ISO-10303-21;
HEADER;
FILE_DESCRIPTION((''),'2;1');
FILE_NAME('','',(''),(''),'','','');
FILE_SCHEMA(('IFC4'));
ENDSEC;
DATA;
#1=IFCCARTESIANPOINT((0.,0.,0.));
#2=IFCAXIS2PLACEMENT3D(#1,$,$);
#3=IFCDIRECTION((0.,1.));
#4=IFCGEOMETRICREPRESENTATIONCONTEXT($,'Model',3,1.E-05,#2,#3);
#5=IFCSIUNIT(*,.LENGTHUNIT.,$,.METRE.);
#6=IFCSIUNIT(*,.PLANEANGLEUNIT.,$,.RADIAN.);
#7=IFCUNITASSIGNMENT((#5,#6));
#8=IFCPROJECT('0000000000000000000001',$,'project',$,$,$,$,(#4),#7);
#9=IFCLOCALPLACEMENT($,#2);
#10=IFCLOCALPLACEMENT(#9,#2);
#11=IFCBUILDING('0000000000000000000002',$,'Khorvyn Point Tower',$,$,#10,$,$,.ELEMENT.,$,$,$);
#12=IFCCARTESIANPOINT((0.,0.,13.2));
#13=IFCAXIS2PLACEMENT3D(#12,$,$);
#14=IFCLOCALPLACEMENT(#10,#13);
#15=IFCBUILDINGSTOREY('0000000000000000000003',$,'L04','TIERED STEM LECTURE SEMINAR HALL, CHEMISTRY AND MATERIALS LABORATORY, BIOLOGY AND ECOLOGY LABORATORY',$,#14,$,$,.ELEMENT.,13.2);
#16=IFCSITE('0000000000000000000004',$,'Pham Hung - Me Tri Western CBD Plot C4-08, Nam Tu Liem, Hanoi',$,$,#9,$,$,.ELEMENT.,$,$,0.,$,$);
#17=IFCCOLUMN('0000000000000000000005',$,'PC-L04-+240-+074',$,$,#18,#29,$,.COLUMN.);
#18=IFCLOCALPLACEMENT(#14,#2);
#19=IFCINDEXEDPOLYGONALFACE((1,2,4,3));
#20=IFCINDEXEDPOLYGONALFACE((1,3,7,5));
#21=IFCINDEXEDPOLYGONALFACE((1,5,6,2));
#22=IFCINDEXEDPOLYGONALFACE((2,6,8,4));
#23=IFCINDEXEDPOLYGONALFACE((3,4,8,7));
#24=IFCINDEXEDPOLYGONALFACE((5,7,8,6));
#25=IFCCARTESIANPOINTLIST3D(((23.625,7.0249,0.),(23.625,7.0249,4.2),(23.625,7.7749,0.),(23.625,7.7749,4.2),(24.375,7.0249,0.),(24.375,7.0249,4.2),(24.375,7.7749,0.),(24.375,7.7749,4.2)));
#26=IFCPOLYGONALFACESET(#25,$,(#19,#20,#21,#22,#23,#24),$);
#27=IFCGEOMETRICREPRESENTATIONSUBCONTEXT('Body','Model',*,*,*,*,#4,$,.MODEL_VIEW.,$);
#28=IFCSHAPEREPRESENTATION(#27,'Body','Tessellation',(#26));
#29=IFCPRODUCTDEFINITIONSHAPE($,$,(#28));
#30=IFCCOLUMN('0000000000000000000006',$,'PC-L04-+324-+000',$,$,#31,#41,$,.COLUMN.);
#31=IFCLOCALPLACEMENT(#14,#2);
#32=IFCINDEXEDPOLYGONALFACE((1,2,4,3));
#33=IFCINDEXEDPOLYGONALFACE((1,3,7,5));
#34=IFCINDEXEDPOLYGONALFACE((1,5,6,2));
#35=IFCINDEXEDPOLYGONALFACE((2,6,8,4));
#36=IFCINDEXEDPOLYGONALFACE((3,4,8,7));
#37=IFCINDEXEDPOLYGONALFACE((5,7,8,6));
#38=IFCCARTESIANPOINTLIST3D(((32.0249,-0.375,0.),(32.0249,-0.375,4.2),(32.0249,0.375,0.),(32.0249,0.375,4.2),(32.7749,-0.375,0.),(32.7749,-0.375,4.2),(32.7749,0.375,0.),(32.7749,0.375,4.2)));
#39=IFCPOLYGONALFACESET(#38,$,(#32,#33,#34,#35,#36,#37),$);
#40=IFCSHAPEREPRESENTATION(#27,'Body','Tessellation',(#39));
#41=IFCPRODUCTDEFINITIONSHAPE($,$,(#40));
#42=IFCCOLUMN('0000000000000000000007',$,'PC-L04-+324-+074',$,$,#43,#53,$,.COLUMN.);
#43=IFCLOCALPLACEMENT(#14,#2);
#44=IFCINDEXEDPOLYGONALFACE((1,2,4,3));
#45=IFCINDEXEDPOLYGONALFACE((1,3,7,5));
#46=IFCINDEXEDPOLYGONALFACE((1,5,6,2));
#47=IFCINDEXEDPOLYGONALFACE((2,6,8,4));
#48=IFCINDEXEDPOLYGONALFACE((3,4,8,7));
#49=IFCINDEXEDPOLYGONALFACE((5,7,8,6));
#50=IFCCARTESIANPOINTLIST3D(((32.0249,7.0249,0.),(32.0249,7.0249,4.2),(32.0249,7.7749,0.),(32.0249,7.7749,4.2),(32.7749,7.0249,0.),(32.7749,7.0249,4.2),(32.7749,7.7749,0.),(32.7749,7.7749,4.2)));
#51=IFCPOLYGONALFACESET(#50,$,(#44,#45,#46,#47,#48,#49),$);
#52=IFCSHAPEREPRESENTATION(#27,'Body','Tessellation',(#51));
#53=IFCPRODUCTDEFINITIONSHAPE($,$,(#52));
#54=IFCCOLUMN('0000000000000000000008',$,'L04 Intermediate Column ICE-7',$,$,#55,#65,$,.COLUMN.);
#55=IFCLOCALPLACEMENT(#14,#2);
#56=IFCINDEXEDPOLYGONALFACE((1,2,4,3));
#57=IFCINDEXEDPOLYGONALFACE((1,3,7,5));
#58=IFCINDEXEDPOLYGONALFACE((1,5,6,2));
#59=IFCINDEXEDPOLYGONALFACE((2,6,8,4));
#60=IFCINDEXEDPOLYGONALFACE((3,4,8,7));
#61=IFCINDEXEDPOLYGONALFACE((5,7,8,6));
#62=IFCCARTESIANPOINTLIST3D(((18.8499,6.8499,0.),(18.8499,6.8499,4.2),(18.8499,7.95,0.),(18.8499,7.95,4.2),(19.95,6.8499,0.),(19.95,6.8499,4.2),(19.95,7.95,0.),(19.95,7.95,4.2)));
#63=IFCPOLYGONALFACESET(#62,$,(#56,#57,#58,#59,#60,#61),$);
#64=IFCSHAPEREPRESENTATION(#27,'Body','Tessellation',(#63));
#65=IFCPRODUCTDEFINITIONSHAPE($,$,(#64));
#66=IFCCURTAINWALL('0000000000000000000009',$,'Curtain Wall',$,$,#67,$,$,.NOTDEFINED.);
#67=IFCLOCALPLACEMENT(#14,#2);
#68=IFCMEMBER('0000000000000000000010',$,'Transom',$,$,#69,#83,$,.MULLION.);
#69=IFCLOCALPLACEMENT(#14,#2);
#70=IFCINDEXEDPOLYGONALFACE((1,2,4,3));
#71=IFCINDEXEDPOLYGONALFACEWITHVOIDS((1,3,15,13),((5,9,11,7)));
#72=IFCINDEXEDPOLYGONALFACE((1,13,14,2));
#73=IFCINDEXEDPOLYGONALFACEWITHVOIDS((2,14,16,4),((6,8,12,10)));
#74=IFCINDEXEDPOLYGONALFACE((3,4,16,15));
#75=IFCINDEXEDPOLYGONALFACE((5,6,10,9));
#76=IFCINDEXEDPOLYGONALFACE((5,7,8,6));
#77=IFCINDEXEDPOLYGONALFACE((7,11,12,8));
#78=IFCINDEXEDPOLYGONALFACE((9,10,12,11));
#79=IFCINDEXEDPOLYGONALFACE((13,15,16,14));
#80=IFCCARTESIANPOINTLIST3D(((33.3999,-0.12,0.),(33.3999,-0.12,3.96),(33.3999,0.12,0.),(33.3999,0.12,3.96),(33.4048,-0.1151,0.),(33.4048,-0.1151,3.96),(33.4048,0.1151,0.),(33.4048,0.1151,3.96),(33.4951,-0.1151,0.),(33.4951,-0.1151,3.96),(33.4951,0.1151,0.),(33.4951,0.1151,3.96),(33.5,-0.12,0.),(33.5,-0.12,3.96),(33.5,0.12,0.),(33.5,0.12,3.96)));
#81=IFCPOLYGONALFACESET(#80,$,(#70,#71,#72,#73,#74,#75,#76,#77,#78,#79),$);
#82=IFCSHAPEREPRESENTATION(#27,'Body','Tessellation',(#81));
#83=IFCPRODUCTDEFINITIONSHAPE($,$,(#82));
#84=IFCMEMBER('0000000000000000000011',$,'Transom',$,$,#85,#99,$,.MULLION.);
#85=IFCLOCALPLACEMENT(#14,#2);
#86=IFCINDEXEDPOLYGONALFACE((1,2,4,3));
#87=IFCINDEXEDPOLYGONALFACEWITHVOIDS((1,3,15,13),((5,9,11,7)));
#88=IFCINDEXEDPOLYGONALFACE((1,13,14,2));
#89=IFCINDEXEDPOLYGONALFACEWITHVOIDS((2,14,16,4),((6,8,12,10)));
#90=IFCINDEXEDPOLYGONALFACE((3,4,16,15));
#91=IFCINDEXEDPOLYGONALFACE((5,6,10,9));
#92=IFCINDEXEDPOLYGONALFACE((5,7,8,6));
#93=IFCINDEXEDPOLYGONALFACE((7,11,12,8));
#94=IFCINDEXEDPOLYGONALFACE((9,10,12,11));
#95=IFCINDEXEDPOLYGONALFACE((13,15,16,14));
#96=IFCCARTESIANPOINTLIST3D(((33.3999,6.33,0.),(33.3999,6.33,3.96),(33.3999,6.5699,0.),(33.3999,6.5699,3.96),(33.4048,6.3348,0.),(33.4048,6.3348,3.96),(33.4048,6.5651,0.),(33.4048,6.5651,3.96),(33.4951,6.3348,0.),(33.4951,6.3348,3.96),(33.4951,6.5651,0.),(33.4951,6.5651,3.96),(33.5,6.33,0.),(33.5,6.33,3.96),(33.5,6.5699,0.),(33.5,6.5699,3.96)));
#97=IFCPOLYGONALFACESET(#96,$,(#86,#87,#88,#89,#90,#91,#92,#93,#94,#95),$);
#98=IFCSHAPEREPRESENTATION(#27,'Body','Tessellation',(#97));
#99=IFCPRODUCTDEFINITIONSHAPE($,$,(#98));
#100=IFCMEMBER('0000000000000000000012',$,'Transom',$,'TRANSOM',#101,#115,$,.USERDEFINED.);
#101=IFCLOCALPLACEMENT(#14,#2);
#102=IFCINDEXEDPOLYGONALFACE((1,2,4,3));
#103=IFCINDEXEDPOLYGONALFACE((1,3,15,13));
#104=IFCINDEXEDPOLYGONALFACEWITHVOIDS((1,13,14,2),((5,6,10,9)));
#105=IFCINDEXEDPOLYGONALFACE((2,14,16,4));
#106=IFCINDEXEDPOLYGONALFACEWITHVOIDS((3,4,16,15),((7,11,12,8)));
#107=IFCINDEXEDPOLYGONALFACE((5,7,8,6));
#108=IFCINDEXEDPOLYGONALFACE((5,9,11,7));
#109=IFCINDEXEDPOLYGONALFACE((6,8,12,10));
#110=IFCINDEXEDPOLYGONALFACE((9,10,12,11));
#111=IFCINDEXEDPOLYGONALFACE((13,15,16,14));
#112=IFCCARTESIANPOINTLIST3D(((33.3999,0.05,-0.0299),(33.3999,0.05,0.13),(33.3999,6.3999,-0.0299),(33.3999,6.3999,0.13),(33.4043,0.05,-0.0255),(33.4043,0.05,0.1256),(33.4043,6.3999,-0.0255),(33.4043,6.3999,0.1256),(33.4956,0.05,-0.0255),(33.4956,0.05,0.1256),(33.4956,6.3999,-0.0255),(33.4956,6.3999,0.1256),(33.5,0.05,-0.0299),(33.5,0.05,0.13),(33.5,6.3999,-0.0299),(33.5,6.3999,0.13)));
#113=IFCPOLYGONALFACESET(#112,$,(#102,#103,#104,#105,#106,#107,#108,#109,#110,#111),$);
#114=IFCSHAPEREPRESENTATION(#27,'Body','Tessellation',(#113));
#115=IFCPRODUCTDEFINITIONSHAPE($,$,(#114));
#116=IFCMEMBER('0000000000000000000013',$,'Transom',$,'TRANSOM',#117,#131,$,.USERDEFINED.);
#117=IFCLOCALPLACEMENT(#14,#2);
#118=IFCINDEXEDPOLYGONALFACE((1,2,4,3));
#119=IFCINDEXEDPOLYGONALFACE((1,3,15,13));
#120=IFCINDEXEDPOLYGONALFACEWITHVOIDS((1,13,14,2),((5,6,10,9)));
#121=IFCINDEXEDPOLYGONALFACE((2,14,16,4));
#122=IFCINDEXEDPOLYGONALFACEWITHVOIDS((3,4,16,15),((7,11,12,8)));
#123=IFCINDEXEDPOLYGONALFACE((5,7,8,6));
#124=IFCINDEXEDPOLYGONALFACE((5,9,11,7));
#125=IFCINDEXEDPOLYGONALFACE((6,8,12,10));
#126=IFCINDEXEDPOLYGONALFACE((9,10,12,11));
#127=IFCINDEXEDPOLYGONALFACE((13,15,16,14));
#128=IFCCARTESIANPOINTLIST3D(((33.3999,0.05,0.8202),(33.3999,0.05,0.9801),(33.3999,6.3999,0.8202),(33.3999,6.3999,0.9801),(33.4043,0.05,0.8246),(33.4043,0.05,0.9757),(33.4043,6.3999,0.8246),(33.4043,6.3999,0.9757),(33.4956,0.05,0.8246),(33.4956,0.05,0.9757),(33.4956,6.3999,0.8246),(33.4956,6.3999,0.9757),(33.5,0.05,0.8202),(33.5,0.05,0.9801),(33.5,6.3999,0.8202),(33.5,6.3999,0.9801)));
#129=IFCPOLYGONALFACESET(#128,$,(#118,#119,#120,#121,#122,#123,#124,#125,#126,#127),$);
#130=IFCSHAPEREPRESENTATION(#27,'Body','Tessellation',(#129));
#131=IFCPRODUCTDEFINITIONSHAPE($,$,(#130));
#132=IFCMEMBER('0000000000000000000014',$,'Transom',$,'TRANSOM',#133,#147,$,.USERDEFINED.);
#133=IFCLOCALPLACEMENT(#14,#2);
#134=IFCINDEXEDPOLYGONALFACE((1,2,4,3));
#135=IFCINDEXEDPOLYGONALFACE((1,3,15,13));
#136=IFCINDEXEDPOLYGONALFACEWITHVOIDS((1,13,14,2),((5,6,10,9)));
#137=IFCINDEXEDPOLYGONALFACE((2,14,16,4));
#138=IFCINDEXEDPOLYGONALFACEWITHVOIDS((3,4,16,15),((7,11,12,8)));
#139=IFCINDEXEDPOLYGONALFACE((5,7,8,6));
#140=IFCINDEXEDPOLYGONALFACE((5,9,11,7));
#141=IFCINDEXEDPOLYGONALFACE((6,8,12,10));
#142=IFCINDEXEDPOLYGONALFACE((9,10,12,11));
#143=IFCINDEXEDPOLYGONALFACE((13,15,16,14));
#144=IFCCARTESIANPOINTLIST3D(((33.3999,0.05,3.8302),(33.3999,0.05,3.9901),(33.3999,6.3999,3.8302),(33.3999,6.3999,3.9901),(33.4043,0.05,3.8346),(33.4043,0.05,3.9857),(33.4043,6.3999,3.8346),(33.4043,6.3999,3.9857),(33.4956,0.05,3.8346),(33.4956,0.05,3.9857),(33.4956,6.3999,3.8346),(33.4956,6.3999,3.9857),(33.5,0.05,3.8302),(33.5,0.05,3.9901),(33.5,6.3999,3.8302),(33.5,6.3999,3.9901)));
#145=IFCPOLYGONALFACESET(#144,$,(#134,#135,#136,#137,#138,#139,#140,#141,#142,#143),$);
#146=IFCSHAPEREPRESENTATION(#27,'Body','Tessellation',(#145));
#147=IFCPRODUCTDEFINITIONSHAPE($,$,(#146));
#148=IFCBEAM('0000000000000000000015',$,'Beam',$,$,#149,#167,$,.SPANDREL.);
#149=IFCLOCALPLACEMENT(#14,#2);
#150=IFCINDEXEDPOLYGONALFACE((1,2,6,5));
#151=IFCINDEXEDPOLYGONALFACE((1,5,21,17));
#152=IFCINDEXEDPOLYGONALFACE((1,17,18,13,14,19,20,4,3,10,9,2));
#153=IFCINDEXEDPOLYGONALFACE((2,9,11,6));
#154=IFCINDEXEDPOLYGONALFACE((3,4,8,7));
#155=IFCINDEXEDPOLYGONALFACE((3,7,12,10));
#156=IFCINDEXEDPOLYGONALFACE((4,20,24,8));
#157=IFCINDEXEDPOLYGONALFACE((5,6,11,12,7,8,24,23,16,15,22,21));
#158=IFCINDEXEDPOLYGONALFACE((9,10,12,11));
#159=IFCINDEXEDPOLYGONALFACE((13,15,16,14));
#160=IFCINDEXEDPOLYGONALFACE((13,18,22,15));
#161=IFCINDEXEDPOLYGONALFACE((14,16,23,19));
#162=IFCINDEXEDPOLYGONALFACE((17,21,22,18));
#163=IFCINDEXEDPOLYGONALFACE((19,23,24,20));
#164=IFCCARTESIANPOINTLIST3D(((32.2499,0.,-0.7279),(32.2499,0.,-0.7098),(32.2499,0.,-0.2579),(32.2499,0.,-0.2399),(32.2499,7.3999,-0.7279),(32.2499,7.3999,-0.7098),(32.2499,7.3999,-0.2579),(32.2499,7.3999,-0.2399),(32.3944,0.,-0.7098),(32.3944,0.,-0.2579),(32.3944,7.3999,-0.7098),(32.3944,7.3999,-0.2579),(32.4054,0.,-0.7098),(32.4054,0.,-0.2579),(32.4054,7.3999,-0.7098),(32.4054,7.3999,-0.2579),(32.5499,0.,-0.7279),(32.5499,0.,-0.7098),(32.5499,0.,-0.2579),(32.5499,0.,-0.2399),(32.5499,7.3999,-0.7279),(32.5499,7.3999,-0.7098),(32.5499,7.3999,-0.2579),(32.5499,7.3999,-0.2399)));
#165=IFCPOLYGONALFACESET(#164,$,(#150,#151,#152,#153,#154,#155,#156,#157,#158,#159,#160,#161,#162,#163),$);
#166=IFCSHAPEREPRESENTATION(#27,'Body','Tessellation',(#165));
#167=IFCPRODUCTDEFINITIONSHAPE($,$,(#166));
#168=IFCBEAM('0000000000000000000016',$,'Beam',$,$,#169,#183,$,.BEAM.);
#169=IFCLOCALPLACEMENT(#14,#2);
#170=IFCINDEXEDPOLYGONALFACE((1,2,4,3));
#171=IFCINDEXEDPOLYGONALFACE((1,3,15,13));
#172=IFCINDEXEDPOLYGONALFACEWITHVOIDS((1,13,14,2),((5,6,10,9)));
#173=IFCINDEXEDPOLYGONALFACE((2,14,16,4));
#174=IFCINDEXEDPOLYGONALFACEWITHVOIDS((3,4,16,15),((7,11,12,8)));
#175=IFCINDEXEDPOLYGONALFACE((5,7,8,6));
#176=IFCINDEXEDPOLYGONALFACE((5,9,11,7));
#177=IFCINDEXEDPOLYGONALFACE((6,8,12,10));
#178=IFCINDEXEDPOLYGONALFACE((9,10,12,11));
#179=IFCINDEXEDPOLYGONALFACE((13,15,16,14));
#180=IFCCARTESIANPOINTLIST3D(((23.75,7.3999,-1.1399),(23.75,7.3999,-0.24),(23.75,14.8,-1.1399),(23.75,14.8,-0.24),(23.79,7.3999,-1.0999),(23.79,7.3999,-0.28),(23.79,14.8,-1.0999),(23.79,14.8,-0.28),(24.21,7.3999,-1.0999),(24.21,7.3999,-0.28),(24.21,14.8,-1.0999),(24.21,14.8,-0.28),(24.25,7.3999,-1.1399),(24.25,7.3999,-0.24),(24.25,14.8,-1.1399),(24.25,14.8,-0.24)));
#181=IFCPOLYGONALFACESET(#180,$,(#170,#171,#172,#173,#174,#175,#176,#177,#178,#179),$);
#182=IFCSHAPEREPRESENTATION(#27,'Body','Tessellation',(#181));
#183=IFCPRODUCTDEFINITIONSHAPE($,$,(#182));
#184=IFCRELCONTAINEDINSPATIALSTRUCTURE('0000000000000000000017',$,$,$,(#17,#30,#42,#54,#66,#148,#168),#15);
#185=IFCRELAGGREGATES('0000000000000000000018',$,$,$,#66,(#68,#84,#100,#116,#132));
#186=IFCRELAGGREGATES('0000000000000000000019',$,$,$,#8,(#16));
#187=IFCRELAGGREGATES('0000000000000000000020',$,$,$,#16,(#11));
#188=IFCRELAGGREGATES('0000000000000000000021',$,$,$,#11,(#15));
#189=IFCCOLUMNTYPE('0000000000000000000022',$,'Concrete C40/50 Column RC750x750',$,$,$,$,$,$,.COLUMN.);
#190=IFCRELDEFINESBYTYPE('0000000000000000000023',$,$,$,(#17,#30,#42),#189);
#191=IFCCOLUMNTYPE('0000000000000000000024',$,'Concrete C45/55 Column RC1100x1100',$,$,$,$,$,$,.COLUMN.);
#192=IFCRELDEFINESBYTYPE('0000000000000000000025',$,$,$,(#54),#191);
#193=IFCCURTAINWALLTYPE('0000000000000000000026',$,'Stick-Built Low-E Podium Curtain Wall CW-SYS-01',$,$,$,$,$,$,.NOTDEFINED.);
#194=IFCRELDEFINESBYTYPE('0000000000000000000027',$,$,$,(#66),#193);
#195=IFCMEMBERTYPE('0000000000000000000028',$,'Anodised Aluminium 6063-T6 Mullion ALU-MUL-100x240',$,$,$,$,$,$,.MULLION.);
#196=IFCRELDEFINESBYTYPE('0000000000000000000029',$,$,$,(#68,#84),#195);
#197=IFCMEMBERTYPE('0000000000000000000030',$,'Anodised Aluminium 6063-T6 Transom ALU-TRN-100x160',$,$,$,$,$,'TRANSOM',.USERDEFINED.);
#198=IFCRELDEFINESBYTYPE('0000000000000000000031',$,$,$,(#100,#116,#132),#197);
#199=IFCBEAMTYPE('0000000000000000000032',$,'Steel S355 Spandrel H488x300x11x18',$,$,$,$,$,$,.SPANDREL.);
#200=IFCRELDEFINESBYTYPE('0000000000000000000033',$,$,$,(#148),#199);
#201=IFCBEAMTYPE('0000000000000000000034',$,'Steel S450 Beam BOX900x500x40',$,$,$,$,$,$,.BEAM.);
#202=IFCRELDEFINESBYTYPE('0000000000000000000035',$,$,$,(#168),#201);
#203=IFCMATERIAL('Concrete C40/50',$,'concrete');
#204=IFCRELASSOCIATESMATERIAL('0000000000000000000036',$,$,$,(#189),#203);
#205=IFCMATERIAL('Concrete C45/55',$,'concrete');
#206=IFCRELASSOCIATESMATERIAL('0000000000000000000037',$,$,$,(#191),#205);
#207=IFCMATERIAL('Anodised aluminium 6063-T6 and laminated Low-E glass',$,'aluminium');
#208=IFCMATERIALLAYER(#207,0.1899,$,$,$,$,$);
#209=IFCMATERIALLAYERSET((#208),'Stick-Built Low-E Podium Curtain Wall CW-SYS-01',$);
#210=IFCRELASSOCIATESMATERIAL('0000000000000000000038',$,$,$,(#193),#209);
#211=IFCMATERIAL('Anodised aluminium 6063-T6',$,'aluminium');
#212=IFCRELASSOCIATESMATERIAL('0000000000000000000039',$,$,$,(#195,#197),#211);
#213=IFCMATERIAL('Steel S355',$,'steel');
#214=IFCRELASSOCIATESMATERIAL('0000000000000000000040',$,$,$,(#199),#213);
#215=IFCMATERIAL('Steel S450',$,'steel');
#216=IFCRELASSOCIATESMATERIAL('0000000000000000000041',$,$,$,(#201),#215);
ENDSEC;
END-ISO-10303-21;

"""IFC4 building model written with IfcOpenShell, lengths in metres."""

from ifc_helpers import new_model, si_unit, direction, frame, origin, origin_2d, place, context, subcontext, project, spatial, rectangle, hollow_rectangle, i_section, extrude, material, layer, layer_set, material_profile, profile_set, type_object, element, aggregate, save


model = new_model("IFC4")

# Units and contexts
model_context = context("Model", 3, precision=1e-05, world=origin(), true_north=direction((0.0, 1.0)))
body_context = subcontext(model_context, "Body", "Model", "MODEL_VIEW")
ifc_project = project(units=[si_unit("LENGTHUNIT", "METRE"), si_unit("PLANEANGLEUNIT", "RADIAN")], contexts=[model_context])

# Site, building, storey
site_placement = place(None, origin())
site = spatial("IfcSite", under=ifc_project, at=site_placement, Name="Pham Hung - Me Tri Western CBD Plot C4-08, Nam Tu Liem, Hanoi", CompositionType="ELEMENT", RefElevation=0.0)
building_placement = place(site_placement, origin())
building = spatial("IfcBuilding", under=site, at=building_placement, Name="Khorvyn Point Tower", CompositionType="ELEMENT")
storey_placement = place(building_placement, frame((0.0, 0.0, 13.2)))
storey = spatial("IfcBuildingStorey", under=building, at=storey_placement, Name="L04", Description="TIERED STEM LECTURE SEMINAR HALL, CHEMISTRY AND MATERIALS LABORATORY, BIOLOGY AND ECOLOGY LABORATORY", CompositionType="ELEMENT", Elevation=13.2)

# Columns
ifc_material_1 = material(Name="Concrete C40/50", Category="concrete")
ifc_material_profile_1 = material_profile(ifc_material_1, rectangle(XDim=0.75, YDim=0.75, at=origin_2d()))
ifc_profile_set_1 = profile_set([ifc_material_profile_1], Name="Concrete C40/50 RC750x750")
column_type_1 = type_object("IfcColumnType", Name="Concrete C40/50 Column RC750x750", PredefinedType="COLUMN", material=ifc_profile_set_1)
for number, where, z_axis, x_axis, name in (
    (1, (24.0, 7.3999, 0.0), (0.0, 0.0, 1.0), (1.0, 0.0, 0.0), "PC-L04-+240-+074"),
    (2, (32.3999, 0.0, 0.0), (0.0, 0.0, 1.0), (1.0, 0.0, 0.0), "PC-L04-+324-+000"),
    (3, (32.3999, 7.3999, 0.0), (0.0, 0.0, 1.0), (1.0, 0.0, 0.0), "PC-L04-+324-+074"),
):
    element("IfcColumn", number, at=place(storey_placement, frame(where, z_axis=z_axis, x_axis=x_axis)), inside=storey, type_object=column_type_1, Name=name, PredefinedType="COLUMN", context=body_context, shape_type="SweptSolid", body=[
        extrude(rectangle(XDim=0.75, YDim=0.75, at=origin_2d()), origin(), (0.0, 0.0, 1.0), 4.2),
    ])
ifc_material_2 = material(Name="Concrete C45/55", Category="concrete")
ifc_material_profile_2 = material_profile(ifc_material_2, rectangle(XDim=1.1001, YDim=1.1001, at=origin_2d()))
ifc_profile_set_2 = profile_set([ifc_material_profile_2], Name="Concrete C45/55 RC1100x1100")
column_type_2 = type_object("IfcColumnType", Name="Concrete C45/55 Column RC1100x1100", PredefinedType="COLUMN", material=ifc_profile_set_2)
column_placement = place(storey_placement, frame((19.3999, 7.3999, 0.0), z_axis=(0.0, 0.0, 1.0), x_axis=(1.0, 0.0, 0.0)))
element("IfcColumn", 4, at=column_placement, inside=storey, type_object=column_type_2, Name="L04 Intermediate Column ICE-7", PredefinedType="COLUMN", context=body_context, shape_type="SweptSolid", body=[
    extrude(rectangle(XDim=1.1001, YDim=1.1001, at=origin_2d()), origin(), (0.0, 0.0, 1.0), 4.2),
])

# Curtain wall, members
ifc_material_3 = material(Name="Anodised aluminium 6063-T6 and laminated Low-E glass", Category="aluminium")
ifc_layer_1 = layer(ifc_material_3, 0.1899)
ifc_layer_set_1 = layer_set([ifc_layer_1], Name="Stick-Built Low-E Podium Curtain Wall CW-SYS-01")
curtain_wall_type = type_object("IfcCurtainWallType", Name="Stick-Built Low-E Podium Curtain Wall CW-SYS-01", PredefinedType="NOTDEFINED", material=ifc_layer_set_1)
curtain_wall_placement = place(storey_placement, origin())
curtain_wall = element("IfcCurtainWall", 5, at=curtain_wall_placement, inside=storey, type_object=curtain_wall_type, Name="Curtain Wall", PredefinedType="NOTDEFINED")
ifc_material_4 = material(Name="Anodised aluminium 6063-T6", Category="aluminium")
ifc_material_profile_3 = material_profile(ifc_material_4, hollow_rectangle(XDim=0.1001, YDim=0.24, WallThickness=0.0049, at=origin_2d()))
ifc_profile_set_3 = profile_set([ifc_material_profile_3], Name="Anodised aluminium 6063-T6 ALU-MUL-100x240")
member_type_1 = type_object("IfcMemberType", Name="Anodised Aluminium 6063-T6 Mullion ALU-MUL-100x240", PredefinedType="MULLION", material=ifc_profile_set_3)
member_1_placement = place(storey_placement, frame((33.45, 0.0, 0.0), z_axis=(0.0, 0.0, 1.0), x_axis=(-1.0, 0.0, 0.0)))
member_1 = element("IfcMember", 6, at=member_1_placement, type_object=member_type_1, Name="Transom", PredefinedType="MULLION", context=body_context, shape_type="SweptSolid", body=[
    extrude(hollow_rectangle(XDim=0.1001, YDim=0.24, WallThickness=0.0049, at=origin_2d()), origin(), (0.0, 0.0, 1.0), 3.96),
])
member_2_placement = place(storey_placement, frame((33.45, 6.45, 0.0), z_axis=(0.0, 0.0, 1.0), x_axis=(-1.0, 0.0, 0.0)))
member_2 = element("IfcMember", 7, at=member_2_placement, type_object=member_type_1, Name="Transom", PredefinedType="MULLION", context=body_context, shape_type="SweptSolid", body=[
    extrude(hollow_rectangle(XDim=0.1001, YDim=0.24, WallThickness=0.0049, at=origin_2d()), origin(), (0.0, 0.0, 1.0), 3.96),
])
ifc_material_profile_4 = material_profile(ifc_material_4, hollow_rectangle(XDim=0.1001, YDim=0.1599, WallThickness=0.0044, at=origin_2d()))
ifc_profile_set_4 = profile_set([ifc_material_profile_4], Name="Anodised aluminium 6063-T6 ALU-TRN-100x160")
member_type_2 = type_object("IfcMemberType", Name="Anodised Aluminium 6063-T6 Transom ALU-TRN-100x160", ElementType="TRANSOM", PredefinedType="USERDEFINED", material=ifc_profile_set_4)
member_3_placement = place(storey_placement, frame((33.45, 0.05, 0.05), z_axis=(0.0, 1.0, 0.0), x_axis=(-1.0, 0.0, 0.0)))
member_3 = element("IfcMember", 8, at=member_3_placement, type_object=member_type_2, Name="Transom", ObjectType="TRANSOM", PredefinedType="USERDEFINED", context=body_context, shape_type="SweptSolid", body=[
    extrude(hollow_rectangle(XDim=0.1001, YDim=0.1599, WallThickness=0.0044, at=origin_2d()), origin(), (0.0, 0.0, 1.0), 6.3499),
])
member_4_placement = place(storey_placement, frame((33.45, 0.05, 0.9001), z_axis=(0.0, 1.0, 0.0), x_axis=(-1.0, 0.0, 0.0)))
member_4 = element("IfcMember", 9, at=member_4_placement, type_object=member_type_2, Name="Transom", ObjectType="TRANSOM", PredefinedType="USERDEFINED", context=body_context, shape_type="SweptSolid", body=[
    extrude(hollow_rectangle(XDim=0.1001, YDim=0.1599, WallThickness=0.0044, at=origin_2d()), origin(), (0.0, 0.0, 1.0), 6.3499),
])
member_5_placement = place(storey_placement, frame((33.45, 0.05, 3.9102), z_axis=(0.0, 1.0, 0.0), x_axis=(-1.0, 0.0, 0.0)))
member_5 = element("IfcMember", 10, at=member_5_placement, type_object=member_type_2, Name="Transom", ObjectType="TRANSOM", PredefinedType="USERDEFINED", context=body_context, shape_type="SweptSolid", body=[
    extrude(hollow_rectangle(XDim=0.1001, YDim=0.1599, WallThickness=0.0044, at=origin_2d()), origin(), (0.0, 0.0, 1.0), 6.3499),
])

# Beams
ifc_material_5 = material(Name="Steel S355", Category="steel")
ifc_material_profile_5 = material_profile(ifc_material_5, i_section(OverallWidth=0.3, OverallDepth=0.488, WebThickness=0.011, FlangeThickness=0.0181, at=origin_2d()))
ifc_profile_set_5 = profile_set([ifc_material_profile_5], Name="Steel S355 H488x300x11x18")
beam_type_1 = type_object("IfcBeamType", Name="Steel S355 Spandrel H488x300x11x18", PredefinedType="SPANDREL", material=ifc_profile_set_5)
beam_1_placement = place(storey_placement, frame((32.3999, 0.0, -0.4839), z_axis=(0.0, 1.0, 0.0), x_axis=(-1.0, 0.0, 0.0)))
element("IfcBeam", 11, at=beam_1_placement, inside=storey, type_object=beam_type_1, Name="Beam", PredefinedType="SPANDREL", context=body_context, shape_type="SweptSolid", body=[
    extrude(i_section(OverallWidth=0.3, OverallDepth=0.488, WebThickness=0.011, FlangeThickness=0.0181, at=origin_2d()), origin(), (0.0, 0.0, 1.0), 7.3999),
])
ifc_material_6 = material(Name="Steel S450", Category="steel")
ifc_material_profile_6 = material_profile(ifc_material_6, hollow_rectangle(XDim=0.5, YDim=0.8999, WallThickness=0.04, at=origin_2d()))
ifc_profile_set_6 = profile_set([ifc_material_profile_6], Name="Steel S450 BOX900x500x40")
beam_type_2 = type_object("IfcBeamType", Name="Steel S450 Beam BOX900x500x40", PredefinedType="BEAM", material=ifc_profile_set_6)
for number, where, z_axis, x_axis, name in (
    (12, (24.0, 7.3999, -0.6899), (0.0, 1.0, 0.0), (-1.0, 0.0, 0.0), "Beam"),
):
    element("IfcBeam", number, at=place(storey_placement, frame(where, z_axis=z_axis, x_axis=x_axis)), inside=storey, type_object=beam_type_2, Name=name, PredefinedType="BEAM", context=body_context, shape_type="SweptSolid", body=[
        extrude(hollow_rectangle(XDim=0.5, YDim=0.8999, WallThickness=0.04, at=origin_2d()), origin(), (0.0, 0.0, 1.0), 7.4001),
    ])

aggregate(curtain_wall, [member_1, member_2, member_3, member_4, member_5])

save(model, "model.ifc")
